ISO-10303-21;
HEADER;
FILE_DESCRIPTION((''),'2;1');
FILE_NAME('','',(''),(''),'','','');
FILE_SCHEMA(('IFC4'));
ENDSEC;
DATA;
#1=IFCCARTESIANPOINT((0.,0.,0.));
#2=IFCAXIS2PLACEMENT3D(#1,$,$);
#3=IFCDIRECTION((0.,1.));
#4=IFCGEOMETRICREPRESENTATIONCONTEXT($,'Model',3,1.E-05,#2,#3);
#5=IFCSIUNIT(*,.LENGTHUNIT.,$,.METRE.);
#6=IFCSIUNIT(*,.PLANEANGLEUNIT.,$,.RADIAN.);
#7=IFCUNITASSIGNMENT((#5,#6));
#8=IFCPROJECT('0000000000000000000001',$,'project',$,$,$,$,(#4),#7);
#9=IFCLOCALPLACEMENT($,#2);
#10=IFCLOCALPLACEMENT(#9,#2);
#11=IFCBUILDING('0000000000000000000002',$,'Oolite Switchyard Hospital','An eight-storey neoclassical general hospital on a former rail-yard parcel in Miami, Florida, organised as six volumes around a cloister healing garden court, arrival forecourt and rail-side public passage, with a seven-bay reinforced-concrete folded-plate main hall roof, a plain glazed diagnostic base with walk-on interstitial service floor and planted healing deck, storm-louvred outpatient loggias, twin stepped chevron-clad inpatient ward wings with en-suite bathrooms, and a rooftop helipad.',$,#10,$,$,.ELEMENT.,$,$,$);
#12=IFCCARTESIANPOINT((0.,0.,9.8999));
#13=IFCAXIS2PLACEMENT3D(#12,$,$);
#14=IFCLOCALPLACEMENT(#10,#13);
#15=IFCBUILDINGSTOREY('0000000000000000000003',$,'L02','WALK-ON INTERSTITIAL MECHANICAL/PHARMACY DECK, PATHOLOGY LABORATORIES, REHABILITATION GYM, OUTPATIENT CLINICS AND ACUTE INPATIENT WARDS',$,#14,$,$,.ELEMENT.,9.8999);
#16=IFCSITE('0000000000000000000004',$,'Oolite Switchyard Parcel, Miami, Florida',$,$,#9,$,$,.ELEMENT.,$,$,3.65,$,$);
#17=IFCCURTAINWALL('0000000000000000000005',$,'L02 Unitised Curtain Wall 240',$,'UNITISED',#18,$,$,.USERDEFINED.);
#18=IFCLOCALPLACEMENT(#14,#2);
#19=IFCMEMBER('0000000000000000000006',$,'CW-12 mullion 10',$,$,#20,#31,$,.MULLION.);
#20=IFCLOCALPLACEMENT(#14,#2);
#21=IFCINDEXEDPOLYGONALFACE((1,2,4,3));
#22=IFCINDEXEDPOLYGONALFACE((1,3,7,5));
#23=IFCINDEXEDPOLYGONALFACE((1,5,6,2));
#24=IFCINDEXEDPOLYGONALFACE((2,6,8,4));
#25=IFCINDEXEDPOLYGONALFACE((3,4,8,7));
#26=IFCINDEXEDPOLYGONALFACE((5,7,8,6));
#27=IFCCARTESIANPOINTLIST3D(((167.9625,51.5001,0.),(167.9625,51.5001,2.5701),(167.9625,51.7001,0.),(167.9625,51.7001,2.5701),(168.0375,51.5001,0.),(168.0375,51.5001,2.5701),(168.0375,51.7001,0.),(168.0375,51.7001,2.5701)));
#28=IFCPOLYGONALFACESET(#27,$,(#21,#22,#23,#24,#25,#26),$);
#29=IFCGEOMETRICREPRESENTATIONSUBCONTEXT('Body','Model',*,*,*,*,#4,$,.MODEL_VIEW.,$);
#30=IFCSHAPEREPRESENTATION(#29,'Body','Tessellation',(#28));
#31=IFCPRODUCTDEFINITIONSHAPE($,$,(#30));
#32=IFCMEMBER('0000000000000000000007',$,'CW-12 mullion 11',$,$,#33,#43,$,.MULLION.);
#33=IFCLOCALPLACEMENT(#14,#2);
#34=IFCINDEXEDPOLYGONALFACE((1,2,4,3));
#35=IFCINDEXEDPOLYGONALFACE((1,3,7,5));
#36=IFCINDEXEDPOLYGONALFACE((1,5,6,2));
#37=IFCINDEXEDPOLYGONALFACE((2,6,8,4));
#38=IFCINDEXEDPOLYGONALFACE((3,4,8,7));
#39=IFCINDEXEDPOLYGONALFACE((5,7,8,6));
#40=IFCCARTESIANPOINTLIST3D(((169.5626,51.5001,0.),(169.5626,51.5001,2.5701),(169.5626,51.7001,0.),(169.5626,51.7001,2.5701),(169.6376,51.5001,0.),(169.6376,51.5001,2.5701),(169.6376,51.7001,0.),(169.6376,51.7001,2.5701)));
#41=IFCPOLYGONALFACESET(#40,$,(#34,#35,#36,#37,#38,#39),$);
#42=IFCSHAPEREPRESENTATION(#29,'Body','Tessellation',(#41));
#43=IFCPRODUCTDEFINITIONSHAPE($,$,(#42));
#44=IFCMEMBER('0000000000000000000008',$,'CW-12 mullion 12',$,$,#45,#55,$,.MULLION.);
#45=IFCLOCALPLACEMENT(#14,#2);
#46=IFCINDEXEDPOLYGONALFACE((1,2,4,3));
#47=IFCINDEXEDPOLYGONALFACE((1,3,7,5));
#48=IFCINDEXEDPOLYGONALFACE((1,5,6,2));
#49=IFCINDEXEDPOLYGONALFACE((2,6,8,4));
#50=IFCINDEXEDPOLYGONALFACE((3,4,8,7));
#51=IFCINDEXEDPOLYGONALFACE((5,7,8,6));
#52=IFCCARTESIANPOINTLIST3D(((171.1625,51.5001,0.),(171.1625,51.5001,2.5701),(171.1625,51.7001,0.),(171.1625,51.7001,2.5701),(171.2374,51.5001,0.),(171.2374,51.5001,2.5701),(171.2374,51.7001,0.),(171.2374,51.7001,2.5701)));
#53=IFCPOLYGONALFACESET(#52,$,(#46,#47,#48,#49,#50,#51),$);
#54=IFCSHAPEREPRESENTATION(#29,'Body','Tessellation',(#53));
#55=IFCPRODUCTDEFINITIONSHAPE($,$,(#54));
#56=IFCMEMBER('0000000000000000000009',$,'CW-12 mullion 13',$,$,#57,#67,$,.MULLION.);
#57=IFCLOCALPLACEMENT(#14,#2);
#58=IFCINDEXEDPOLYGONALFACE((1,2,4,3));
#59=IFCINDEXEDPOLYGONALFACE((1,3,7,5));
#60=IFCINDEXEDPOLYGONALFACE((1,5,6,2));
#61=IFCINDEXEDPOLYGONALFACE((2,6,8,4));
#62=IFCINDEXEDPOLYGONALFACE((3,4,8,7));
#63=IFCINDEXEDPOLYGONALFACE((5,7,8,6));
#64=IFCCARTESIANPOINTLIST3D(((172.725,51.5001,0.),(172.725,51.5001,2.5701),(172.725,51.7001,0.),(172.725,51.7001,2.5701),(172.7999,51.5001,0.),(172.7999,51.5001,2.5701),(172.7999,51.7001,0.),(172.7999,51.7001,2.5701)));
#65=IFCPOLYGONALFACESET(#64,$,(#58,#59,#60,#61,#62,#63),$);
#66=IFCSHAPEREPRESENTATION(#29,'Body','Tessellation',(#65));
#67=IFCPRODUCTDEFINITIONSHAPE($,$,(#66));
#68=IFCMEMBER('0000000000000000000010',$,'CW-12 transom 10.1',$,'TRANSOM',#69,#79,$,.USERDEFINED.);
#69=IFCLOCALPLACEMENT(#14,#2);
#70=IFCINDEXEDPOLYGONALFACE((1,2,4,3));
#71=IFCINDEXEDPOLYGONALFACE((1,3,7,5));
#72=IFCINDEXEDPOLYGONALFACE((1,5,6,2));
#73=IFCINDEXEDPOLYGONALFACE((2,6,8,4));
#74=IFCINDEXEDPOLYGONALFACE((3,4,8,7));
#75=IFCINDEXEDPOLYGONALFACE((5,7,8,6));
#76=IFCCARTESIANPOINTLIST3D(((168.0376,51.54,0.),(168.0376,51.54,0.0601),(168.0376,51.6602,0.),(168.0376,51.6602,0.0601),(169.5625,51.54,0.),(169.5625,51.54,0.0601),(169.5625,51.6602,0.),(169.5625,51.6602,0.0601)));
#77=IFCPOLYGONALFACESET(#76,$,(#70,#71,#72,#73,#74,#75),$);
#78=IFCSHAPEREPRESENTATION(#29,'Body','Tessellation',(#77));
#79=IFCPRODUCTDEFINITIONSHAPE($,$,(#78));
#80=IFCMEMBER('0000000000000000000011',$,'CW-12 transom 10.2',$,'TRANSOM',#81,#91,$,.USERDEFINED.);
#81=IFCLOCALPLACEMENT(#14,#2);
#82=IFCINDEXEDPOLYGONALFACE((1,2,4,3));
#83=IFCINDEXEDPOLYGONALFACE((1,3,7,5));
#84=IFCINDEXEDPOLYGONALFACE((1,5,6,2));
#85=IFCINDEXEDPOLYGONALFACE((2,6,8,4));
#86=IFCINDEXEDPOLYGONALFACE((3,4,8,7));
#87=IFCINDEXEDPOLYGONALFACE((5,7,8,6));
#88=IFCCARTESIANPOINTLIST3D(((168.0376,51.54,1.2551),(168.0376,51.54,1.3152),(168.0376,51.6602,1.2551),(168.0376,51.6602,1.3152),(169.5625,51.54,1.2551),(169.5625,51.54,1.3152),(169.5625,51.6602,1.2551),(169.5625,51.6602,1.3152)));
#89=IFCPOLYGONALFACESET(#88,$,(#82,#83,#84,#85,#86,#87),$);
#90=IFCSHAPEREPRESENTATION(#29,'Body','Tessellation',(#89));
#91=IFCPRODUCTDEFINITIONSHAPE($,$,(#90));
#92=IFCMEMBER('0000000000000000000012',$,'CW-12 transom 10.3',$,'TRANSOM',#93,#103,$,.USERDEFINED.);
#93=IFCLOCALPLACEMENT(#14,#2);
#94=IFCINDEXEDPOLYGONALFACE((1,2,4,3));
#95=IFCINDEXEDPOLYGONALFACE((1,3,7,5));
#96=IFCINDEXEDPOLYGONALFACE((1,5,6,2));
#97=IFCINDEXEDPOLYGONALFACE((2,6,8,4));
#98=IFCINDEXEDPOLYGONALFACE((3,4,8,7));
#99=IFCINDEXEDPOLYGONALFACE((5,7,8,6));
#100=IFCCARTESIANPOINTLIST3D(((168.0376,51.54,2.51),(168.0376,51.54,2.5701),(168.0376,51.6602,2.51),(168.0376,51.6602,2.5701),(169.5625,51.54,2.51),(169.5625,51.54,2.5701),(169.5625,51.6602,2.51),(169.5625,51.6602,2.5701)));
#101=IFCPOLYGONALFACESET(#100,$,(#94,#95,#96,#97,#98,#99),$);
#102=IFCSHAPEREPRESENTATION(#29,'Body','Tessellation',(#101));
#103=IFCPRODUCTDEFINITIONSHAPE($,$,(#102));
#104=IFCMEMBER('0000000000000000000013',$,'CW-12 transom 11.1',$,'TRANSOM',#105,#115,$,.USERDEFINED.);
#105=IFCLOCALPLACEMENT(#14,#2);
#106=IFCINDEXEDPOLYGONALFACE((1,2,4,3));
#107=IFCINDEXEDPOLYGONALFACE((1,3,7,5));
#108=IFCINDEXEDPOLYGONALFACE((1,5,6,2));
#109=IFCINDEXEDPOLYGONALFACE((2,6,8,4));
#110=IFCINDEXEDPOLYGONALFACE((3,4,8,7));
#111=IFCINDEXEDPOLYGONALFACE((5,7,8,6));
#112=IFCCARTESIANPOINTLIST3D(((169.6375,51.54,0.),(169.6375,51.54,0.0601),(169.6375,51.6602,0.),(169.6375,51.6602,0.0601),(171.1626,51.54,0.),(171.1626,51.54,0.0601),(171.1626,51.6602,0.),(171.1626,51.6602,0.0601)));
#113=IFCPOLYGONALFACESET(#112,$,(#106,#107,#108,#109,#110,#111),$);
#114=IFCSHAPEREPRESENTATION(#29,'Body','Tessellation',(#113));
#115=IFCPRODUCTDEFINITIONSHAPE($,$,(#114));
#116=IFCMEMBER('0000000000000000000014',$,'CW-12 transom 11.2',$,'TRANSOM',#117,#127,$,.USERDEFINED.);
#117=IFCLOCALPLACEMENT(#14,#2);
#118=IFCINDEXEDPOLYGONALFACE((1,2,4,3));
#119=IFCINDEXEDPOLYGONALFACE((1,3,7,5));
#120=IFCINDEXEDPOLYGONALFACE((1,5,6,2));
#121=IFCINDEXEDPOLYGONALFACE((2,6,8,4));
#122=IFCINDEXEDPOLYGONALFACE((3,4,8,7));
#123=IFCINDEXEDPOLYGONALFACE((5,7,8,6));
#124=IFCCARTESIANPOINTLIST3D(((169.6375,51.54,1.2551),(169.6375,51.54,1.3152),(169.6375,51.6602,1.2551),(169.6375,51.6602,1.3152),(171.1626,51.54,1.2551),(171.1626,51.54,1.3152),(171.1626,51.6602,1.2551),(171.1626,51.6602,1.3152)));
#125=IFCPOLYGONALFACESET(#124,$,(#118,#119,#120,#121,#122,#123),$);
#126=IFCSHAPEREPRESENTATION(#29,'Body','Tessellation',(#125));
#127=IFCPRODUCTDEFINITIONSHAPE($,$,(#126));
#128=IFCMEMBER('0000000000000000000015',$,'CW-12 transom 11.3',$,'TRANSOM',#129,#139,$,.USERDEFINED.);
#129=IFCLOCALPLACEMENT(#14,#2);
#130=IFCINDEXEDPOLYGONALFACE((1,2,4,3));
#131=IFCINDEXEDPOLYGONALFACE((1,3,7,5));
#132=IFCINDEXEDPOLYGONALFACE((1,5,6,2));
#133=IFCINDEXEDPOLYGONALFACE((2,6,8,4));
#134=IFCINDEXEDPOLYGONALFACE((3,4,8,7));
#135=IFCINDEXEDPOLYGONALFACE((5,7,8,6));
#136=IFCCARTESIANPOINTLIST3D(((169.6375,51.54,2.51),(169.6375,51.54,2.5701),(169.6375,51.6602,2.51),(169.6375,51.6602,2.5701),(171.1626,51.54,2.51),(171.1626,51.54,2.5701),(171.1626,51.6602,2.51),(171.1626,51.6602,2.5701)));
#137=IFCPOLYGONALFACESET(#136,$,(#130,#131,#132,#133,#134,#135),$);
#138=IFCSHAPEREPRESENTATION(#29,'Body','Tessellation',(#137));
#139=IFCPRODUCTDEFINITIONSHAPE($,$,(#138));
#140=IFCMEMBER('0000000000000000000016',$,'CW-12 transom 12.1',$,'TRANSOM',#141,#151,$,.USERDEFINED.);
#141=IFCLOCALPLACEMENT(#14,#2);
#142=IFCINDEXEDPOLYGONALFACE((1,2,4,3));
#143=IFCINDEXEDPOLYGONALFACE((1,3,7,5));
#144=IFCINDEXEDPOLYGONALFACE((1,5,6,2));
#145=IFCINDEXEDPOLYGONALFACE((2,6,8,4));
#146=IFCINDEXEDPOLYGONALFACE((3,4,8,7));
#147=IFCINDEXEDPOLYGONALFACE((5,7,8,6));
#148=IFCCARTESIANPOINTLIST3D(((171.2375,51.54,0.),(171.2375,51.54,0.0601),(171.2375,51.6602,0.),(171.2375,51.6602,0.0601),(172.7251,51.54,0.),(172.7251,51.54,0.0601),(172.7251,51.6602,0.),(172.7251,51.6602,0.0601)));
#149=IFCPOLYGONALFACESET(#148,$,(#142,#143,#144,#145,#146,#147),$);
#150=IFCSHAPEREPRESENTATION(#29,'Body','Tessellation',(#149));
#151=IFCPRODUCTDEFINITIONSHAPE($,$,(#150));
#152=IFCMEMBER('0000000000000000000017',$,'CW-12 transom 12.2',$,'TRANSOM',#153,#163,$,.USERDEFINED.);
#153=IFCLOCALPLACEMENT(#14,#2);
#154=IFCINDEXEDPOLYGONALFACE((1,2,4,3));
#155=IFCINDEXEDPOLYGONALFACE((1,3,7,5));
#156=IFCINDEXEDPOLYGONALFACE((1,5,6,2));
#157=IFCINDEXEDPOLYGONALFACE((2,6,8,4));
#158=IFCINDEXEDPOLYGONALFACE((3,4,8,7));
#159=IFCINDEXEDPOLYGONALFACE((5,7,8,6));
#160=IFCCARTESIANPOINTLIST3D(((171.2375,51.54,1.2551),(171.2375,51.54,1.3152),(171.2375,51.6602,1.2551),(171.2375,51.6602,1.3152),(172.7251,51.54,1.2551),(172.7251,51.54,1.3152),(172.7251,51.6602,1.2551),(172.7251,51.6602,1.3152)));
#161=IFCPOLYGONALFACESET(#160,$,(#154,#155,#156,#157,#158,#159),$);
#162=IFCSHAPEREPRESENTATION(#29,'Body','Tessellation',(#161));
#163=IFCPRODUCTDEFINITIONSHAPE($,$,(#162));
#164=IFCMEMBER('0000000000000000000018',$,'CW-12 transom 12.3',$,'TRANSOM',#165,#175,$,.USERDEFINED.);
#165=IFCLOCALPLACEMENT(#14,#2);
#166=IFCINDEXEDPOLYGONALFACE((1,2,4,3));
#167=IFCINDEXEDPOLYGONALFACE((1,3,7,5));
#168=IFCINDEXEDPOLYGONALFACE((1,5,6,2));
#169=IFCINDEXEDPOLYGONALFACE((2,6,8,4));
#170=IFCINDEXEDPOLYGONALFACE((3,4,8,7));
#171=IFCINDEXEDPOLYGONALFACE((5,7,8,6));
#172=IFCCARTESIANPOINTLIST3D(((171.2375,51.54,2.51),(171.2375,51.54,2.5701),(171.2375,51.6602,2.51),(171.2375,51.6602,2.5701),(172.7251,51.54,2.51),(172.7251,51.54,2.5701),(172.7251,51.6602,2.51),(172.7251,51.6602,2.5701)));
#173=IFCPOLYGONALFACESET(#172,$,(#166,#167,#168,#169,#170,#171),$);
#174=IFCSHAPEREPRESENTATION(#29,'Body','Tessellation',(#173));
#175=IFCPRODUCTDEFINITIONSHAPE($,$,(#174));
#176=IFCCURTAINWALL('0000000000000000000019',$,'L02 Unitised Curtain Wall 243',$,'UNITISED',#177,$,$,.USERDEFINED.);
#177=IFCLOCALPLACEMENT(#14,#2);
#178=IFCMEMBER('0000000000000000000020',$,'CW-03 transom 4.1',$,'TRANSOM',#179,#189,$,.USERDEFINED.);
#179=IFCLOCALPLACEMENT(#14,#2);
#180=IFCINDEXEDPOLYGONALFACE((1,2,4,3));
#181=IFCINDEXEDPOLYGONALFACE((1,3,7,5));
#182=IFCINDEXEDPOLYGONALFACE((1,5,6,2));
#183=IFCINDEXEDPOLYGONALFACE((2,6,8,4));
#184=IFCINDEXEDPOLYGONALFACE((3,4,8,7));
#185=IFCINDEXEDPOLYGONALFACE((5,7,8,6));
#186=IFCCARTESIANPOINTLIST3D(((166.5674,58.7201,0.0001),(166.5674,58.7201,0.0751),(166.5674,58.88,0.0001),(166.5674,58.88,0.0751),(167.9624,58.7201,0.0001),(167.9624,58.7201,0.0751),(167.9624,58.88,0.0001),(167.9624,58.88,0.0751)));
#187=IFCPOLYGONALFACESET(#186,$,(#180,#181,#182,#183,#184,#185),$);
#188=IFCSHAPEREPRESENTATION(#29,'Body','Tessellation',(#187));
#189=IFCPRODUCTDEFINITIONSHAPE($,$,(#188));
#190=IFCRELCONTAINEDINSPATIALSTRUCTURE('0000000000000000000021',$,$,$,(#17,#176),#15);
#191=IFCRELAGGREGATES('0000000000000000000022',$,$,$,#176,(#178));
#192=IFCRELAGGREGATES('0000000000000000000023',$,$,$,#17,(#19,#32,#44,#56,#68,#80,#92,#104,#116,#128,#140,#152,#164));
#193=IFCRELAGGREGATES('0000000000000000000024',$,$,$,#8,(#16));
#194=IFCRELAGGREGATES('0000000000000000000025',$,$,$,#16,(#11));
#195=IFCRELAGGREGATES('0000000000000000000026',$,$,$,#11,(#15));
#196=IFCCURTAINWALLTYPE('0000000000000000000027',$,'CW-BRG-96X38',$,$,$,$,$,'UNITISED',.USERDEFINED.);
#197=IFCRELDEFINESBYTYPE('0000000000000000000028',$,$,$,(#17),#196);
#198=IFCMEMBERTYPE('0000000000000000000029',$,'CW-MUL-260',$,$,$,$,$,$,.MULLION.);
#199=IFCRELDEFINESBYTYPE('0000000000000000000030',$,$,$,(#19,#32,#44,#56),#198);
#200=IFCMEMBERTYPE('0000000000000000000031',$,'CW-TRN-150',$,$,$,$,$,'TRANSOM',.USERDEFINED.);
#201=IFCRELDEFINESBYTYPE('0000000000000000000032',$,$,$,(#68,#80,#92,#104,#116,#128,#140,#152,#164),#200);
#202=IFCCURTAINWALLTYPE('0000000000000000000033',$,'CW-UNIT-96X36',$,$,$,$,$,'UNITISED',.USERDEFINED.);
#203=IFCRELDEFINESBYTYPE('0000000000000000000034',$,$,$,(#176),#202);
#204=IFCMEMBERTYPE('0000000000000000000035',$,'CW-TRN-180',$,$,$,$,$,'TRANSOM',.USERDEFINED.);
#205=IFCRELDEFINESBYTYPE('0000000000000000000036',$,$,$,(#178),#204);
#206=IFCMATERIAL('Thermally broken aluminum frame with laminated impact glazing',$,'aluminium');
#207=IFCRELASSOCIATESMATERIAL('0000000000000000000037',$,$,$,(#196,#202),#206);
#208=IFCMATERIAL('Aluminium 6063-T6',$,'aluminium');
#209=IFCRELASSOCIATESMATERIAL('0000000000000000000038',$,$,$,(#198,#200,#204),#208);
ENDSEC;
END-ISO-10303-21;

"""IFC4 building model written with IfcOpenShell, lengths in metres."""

from ifc_helpers import new_model, si_unit, direction, frame, origin, origin_2d, place, context, subcontext, project, spatial, rectangle, extrude, material, material_profile, profile_set, type_object, element, aggregate, save


model = new_model("IFC4")

# Units and contexts
model_context = context("Model", 3, precision=1e-05, world=origin(), true_north=direction((0.0, 1.0)))
body_context = subcontext(model_context, "Body", "Model", "MODEL_VIEW")
ifc_project = project(units=[si_unit("LENGTHUNIT", "METRE"), si_unit("PLANEANGLEUNIT", "RADIAN")], contexts=[model_context])

# Site, building, storey
site_placement = place(None, origin())
site = spatial("IfcSite", under=ifc_project, at=site_placement, Name="Oolite Switchyard Parcel, Miami, Florida", CompositionType="ELEMENT", RefElevation=3.65)
building_placement = place(site_placement, origin())
building = spatial("IfcBuilding", under=site, at=building_placement, Name="Oolite Switchyard Hospital", Description="An eight-storey neoclassical general hospital on a former rail-yard parcel in Miami, Florida, organised as six volumes around a cloister healing garden court, arrival forecourt and rail-side public passage, with a seven-bay reinforced-concrete folded-plate main hall roof, a plain glazed diagnostic base with walk-on interstitial service floor and planted healing deck, storm-louvred outpatient loggias, twin stepped chevron-clad inpatient ward wings with en-suite bathrooms, and a rooftop helipad.", CompositionType="ELEMENT")
storey_placement = place(building_placement, frame((0.0, 0.0, 9.8999)))
storey = spatial("IfcBuildingStorey", under=building, at=storey_placement, Name="L02", Description="WALK-ON INTERSTITIAL MECHANICAL/PHARMACY DECK, PATHOLOGY LABORATORIES, REHABILITATION GYM, OUTPATIENT CLINICS AND ACUTE INPATIENT WARDS", CompositionType="ELEMENT", Elevation=9.8999)

# Curtain walls, members
ifc_material_1 = material(Name="Thermally broken aluminum frame with laminated impact glazing", Category="aluminium")
curtain_wall_type_1 = type_object("IfcCurtainWallType", Name="CW-BRG-96X38", ElementType="UNITISED", PredefinedType="USERDEFINED", material=ifc_material_1)
curtain_wall_1_placement = place(storey_placement, origin())
curtain_wall_1 = element("IfcCurtainWall", 1, at=curtain_wall_1_placement, inside=storey, type_object=curtain_wall_type_1, Name="L02 Unitised Curtain Wall 240", ObjectType="UNITISED", PredefinedType="USERDEFINED")
ifc_material_2 = material(Name="Aluminium 6063-T6", Category="aluminium")
ifc_material_profile_1 = material_profile(ifc_material_2, rectangle(XDim=0.2, YDim=0.075, at=origin_2d()), Name="CWM75X200")
ifc_profile_set_1 = profile_set([ifc_material_profile_1], Name="Aluminium 6063-T6")
member_type_1 = type_object("IfcMemberType", Name="CW-MUL-260", PredefinedType="MULLION", material=ifc_profile_set_1)
member_1_placement = place(storey_placement, frame((168.0, 51.6001, 0.0), z_axis=(0.0, 0.0, 1.0), x_axis=(0.0, 1.0, 0.0)))
member_1 = element("IfcMember", 2, at=member_1_placement, type_object=member_type_1, Name="CW-12 mullion 10", PredefinedType="MULLION", context=body_context, shape_type="SweptSolid", body=[
    extrude(rectangle(XDim=0.2, YDim=0.075, at=origin_2d()), origin(), (0.0, 0.0, 1.0), 2.5701),
])
member_2_placement = place(storey_placement, frame((169.6001, 51.6001, 0.0), z_axis=(0.0, 0.0, 1.0), x_axis=(0.0, 1.0, 0.0)))
member_2 = element("IfcMember", 3, at=member_2_placement, type_object=member_type_1, Name="CW-12 mullion 11", PredefinedType="MULLION", context=body_context, shape_type="SweptSolid", body=[
    extrude(rectangle(XDim=0.2, YDim=0.075, at=origin_2d()), origin(), (0.0, 0.0, 1.0), 2.5701),
])
member_3_placement = place(storey_placement, frame((171.2, 51.6001, 0.0), z_axis=(0.0, 0.0, 1.0), x_axis=(0.0, 1.0, 0.0)))
member_3 = element("IfcMember", 4, at=member_3_placement, type_object=member_type_1, Name="CW-12 mullion 12", PredefinedType="MULLION", context=body_context, shape_type="SweptSolid", body=[
    extrude(rectangle(XDim=0.2, YDim=0.075, at=origin_2d()), origin(), (0.0, 0.0, 1.0), 2.5701),
])
member_4_placement = place(storey_placement, frame((172.7625, 51.6001, 0.0), z_axis=(0.0, 0.0, 1.0), x_axis=(0.0, 1.0, 0.0)))
member_4 = element("IfcMember", 5, at=member_4_placement, type_object=member_type_1, Name="CW-12 mullion 13", PredefinedType="MULLION", context=body_context, shape_type="SweptSolid", body=[
    extrude(rectangle(XDim=0.2, YDim=0.075, at=origin_2d()), origin(), (0.0, 0.0, 1.0), 2.5701),
])
ifc_material_profile_2 = material_profile(ifc_material_2, rectangle(XDim=0.1201, YDim=0.0601, at=origin_2d()), Name="CWT60X120")
ifc_profile_set_2 = profile_set([ifc_material_profile_2], Name="Aluminium 6063-T6")
member_type_2 = type_object("IfcMemberType", Name="CW-TRN-150", ElementType="TRANSOM", PredefinedType="USERDEFINED", material=ifc_profile_set_2)
member_5_placement = place(storey_placement, frame((168.0376, 51.6001, 0.03), z_axis=(1.0, 0.0, 0.0), x_axis=(0.0, 1.0, 0.0)))
member_5 = element("IfcMember", 6, at=member_5_placement, type_object=member_type_2, Name="CW-12 transom 10.1", ObjectType="TRANSOM", PredefinedType="USERDEFINED", context=body_context, shape_type="SweptSolid", body=[
    extrude(rectangle(XDim=0.1201, YDim=0.0601, at=origin_2d()), origin(), (0.0, 0.0, 1.0), 1.5249),
])
member_6_placement = place(storey_placement, frame((168.0376, 51.6001, 1.2852), z_axis=(1.0, 0.0, 0.0), x_axis=(0.0, 1.0, 0.0)))
member_6 = element("IfcMember", 7, at=member_6_placement, type_object=member_type_2, Name="CW-12 transom 10.2", ObjectType="TRANSOM", PredefinedType="USERDEFINED", context=body_context, shape_type="SweptSolid", body=[
    extrude(rectangle(XDim=0.1201, YDim=0.0601, at=origin_2d()), origin(), (0.0, 0.0, 1.0), 1.5249),
])
member_7_placement = place(storey_placement, frame((168.0376, 51.6001, 2.54), z_axis=(1.0, 0.0, 0.0), x_axis=(0.0, 1.0, 0.0)))
member_7 = element("IfcMember", 8, at=member_7_placement, type_object=member_type_2, Name="CW-12 transom 10.3", ObjectType="TRANSOM", PredefinedType="USERDEFINED", context=body_context, shape_type="SweptSolid", body=[
    extrude(rectangle(XDim=0.1201, YDim=0.0601, at=origin_2d()), origin(), (0.0, 0.0, 1.0), 1.5249),
])
member_8_placement = place(storey_placement, frame((169.6375, 51.6001, 0.03), z_axis=(1.0, 0.0, 0.0), x_axis=(0.0, 1.0, 0.0)))
member_8 = element("IfcMember", 9, at=member_8_placement, type_object=member_type_2, Name="CW-12 transom 11.1", ObjectType="TRANSOM", PredefinedType="USERDEFINED", context=body_context, shape_type="SweptSolid", body=[
    extrude(rectangle(XDim=0.1201, YDim=0.0601, at=origin_2d()), origin(), (0.0, 0.0, 1.0), 1.5251),
])
member_9_placement = place(storey_placement, frame((169.6375, 51.6001, 1.2852), z_axis=(1.0, 0.0, 0.0), x_axis=(0.0, 1.0, 0.0)))
member_9 = element("IfcMember", 10, at=member_9_placement, type_object=member_type_2, Name="CW-12 transom 11.2", ObjectType="TRANSOM", PredefinedType="USERDEFINED", context=body_context, shape_type="SweptSolid", body=[
    extrude(rectangle(XDim=0.1201, YDim=0.0601, at=origin_2d()), origin(), (0.0, 0.0, 1.0), 1.5251),
])
member_10_placement = place(storey_placement, frame((169.6375, 51.6001, 2.54), z_axis=(1.0, 0.0, 0.0), x_axis=(0.0, 1.0, 0.0)))
member_10 = element("IfcMember", 11, at=member_10_placement, type_object=member_type_2, Name="CW-12 transom 11.3", ObjectType="TRANSOM", PredefinedType="USERDEFINED", context=body_context, shape_type="SweptSolid", body=[
    extrude(rectangle(XDim=0.1201, YDim=0.0601, at=origin_2d()), origin(), (0.0, 0.0, 1.0), 1.5251),
])
member_11_placement = place(storey_placement, frame((171.2375, 51.6001, 0.03), z_axis=(1.0, 0.0, 0.0), x_axis=(0.0, 1.0, 0.0)))
member_11 = element("IfcMember", 12, at=member_11_placement, type_object=member_type_2, Name="CW-12 transom 12.1", ObjectType="TRANSOM", PredefinedType="USERDEFINED", context=body_context, shape_type="SweptSolid", body=[
    extrude(rectangle(XDim=0.1201, YDim=0.0601, at=origin_2d()), origin(), (0.0, 0.0, 1.0), 1.4875),
])
member_12_placement = place(storey_placement, frame((171.2375, 51.6001, 1.2852), z_axis=(1.0, 0.0, 0.0), x_axis=(0.0, 1.0, 0.0)))
member_12 = element("IfcMember", 13, at=member_12_placement, type_object=member_type_2, Name="CW-12 transom 12.2", ObjectType="TRANSOM", PredefinedType="USERDEFINED", context=body_context, shape_type="SweptSolid", body=[
    extrude(rectangle(XDim=0.1201, YDim=0.0601, at=origin_2d()), origin(), (0.0, 0.0, 1.0), 1.4875),
])
member_13_placement = place(storey_placement, frame((171.2375, 51.6001, 2.54), z_axis=(1.0, 0.0, 0.0), x_axis=(0.0, 1.0, 0.0)))
member_13 = element("IfcMember", 14, at=member_13_placement, type_object=member_type_2, Name="CW-12 transom 12.3", ObjectType="TRANSOM", PredefinedType="USERDEFINED", context=body_context, shape_type="SweptSolid", body=[
    extrude(rectangle(XDim=0.1201, YDim=0.0601, at=origin_2d()), origin(), (0.0, 0.0, 1.0), 1.4875),
])
curtain_wall_type_2 = type_object("IfcCurtainWallType", Name="CW-UNIT-96X36", ElementType="UNITISED", PredefinedType="USERDEFINED", material=ifc_material_1)
curtain_wall_2_placement = place(storey_placement, origin())
curtain_wall_2 = element("IfcCurtainWall", 15, at=curtain_wall_2_placement, inside=storey, type_object=curtain_wall_type_2, Name="L02 Unitised Curtain Wall 243", ObjectType="UNITISED", PredefinedType="USERDEFINED")
ifc_material_profile_3 = material_profile(ifc_material_2, rectangle(XDim=0.1599, YDim=0.075, at=origin_2d()), Name="CWT75X160")
ifc_profile_set_3 = profile_set([ifc_material_profile_3], Name="Aluminium 6063-T6")
member_type_3 = type_object("IfcMemberType", Name="CW-TRN-180", ElementType="TRANSOM", PredefinedType="USERDEFINED", material=ifc_profile_set_3)
member_14_placement = place(storey_placement, frame((167.9624, 58.8, 0.0376), z_axis=(-1.0, 0.0, 0.0), x_axis=(0.0, -1.0, 0.0)))
member_14 = element("IfcMember", 16, at=member_14_placement, type_object=member_type_3, Name="CW-03 transom 4.1", ObjectType="TRANSOM", PredefinedType="USERDEFINED", context=body_context, shape_type="SweptSolid", body=[
    extrude(rectangle(XDim=0.1599, YDim=0.075, at=origin_2d()), origin(), (0.0, 0.0, 1.0), 1.395),
])
aggregate(curtain_wall_2, [member_14])

aggregate(curtain_wall_1, [member_1, member_2, member_3, member_4, member_5, member_6, member_7, member_8, member_9, member_10, member_11, member_12, member_13])

save(model, "model.ifc")
